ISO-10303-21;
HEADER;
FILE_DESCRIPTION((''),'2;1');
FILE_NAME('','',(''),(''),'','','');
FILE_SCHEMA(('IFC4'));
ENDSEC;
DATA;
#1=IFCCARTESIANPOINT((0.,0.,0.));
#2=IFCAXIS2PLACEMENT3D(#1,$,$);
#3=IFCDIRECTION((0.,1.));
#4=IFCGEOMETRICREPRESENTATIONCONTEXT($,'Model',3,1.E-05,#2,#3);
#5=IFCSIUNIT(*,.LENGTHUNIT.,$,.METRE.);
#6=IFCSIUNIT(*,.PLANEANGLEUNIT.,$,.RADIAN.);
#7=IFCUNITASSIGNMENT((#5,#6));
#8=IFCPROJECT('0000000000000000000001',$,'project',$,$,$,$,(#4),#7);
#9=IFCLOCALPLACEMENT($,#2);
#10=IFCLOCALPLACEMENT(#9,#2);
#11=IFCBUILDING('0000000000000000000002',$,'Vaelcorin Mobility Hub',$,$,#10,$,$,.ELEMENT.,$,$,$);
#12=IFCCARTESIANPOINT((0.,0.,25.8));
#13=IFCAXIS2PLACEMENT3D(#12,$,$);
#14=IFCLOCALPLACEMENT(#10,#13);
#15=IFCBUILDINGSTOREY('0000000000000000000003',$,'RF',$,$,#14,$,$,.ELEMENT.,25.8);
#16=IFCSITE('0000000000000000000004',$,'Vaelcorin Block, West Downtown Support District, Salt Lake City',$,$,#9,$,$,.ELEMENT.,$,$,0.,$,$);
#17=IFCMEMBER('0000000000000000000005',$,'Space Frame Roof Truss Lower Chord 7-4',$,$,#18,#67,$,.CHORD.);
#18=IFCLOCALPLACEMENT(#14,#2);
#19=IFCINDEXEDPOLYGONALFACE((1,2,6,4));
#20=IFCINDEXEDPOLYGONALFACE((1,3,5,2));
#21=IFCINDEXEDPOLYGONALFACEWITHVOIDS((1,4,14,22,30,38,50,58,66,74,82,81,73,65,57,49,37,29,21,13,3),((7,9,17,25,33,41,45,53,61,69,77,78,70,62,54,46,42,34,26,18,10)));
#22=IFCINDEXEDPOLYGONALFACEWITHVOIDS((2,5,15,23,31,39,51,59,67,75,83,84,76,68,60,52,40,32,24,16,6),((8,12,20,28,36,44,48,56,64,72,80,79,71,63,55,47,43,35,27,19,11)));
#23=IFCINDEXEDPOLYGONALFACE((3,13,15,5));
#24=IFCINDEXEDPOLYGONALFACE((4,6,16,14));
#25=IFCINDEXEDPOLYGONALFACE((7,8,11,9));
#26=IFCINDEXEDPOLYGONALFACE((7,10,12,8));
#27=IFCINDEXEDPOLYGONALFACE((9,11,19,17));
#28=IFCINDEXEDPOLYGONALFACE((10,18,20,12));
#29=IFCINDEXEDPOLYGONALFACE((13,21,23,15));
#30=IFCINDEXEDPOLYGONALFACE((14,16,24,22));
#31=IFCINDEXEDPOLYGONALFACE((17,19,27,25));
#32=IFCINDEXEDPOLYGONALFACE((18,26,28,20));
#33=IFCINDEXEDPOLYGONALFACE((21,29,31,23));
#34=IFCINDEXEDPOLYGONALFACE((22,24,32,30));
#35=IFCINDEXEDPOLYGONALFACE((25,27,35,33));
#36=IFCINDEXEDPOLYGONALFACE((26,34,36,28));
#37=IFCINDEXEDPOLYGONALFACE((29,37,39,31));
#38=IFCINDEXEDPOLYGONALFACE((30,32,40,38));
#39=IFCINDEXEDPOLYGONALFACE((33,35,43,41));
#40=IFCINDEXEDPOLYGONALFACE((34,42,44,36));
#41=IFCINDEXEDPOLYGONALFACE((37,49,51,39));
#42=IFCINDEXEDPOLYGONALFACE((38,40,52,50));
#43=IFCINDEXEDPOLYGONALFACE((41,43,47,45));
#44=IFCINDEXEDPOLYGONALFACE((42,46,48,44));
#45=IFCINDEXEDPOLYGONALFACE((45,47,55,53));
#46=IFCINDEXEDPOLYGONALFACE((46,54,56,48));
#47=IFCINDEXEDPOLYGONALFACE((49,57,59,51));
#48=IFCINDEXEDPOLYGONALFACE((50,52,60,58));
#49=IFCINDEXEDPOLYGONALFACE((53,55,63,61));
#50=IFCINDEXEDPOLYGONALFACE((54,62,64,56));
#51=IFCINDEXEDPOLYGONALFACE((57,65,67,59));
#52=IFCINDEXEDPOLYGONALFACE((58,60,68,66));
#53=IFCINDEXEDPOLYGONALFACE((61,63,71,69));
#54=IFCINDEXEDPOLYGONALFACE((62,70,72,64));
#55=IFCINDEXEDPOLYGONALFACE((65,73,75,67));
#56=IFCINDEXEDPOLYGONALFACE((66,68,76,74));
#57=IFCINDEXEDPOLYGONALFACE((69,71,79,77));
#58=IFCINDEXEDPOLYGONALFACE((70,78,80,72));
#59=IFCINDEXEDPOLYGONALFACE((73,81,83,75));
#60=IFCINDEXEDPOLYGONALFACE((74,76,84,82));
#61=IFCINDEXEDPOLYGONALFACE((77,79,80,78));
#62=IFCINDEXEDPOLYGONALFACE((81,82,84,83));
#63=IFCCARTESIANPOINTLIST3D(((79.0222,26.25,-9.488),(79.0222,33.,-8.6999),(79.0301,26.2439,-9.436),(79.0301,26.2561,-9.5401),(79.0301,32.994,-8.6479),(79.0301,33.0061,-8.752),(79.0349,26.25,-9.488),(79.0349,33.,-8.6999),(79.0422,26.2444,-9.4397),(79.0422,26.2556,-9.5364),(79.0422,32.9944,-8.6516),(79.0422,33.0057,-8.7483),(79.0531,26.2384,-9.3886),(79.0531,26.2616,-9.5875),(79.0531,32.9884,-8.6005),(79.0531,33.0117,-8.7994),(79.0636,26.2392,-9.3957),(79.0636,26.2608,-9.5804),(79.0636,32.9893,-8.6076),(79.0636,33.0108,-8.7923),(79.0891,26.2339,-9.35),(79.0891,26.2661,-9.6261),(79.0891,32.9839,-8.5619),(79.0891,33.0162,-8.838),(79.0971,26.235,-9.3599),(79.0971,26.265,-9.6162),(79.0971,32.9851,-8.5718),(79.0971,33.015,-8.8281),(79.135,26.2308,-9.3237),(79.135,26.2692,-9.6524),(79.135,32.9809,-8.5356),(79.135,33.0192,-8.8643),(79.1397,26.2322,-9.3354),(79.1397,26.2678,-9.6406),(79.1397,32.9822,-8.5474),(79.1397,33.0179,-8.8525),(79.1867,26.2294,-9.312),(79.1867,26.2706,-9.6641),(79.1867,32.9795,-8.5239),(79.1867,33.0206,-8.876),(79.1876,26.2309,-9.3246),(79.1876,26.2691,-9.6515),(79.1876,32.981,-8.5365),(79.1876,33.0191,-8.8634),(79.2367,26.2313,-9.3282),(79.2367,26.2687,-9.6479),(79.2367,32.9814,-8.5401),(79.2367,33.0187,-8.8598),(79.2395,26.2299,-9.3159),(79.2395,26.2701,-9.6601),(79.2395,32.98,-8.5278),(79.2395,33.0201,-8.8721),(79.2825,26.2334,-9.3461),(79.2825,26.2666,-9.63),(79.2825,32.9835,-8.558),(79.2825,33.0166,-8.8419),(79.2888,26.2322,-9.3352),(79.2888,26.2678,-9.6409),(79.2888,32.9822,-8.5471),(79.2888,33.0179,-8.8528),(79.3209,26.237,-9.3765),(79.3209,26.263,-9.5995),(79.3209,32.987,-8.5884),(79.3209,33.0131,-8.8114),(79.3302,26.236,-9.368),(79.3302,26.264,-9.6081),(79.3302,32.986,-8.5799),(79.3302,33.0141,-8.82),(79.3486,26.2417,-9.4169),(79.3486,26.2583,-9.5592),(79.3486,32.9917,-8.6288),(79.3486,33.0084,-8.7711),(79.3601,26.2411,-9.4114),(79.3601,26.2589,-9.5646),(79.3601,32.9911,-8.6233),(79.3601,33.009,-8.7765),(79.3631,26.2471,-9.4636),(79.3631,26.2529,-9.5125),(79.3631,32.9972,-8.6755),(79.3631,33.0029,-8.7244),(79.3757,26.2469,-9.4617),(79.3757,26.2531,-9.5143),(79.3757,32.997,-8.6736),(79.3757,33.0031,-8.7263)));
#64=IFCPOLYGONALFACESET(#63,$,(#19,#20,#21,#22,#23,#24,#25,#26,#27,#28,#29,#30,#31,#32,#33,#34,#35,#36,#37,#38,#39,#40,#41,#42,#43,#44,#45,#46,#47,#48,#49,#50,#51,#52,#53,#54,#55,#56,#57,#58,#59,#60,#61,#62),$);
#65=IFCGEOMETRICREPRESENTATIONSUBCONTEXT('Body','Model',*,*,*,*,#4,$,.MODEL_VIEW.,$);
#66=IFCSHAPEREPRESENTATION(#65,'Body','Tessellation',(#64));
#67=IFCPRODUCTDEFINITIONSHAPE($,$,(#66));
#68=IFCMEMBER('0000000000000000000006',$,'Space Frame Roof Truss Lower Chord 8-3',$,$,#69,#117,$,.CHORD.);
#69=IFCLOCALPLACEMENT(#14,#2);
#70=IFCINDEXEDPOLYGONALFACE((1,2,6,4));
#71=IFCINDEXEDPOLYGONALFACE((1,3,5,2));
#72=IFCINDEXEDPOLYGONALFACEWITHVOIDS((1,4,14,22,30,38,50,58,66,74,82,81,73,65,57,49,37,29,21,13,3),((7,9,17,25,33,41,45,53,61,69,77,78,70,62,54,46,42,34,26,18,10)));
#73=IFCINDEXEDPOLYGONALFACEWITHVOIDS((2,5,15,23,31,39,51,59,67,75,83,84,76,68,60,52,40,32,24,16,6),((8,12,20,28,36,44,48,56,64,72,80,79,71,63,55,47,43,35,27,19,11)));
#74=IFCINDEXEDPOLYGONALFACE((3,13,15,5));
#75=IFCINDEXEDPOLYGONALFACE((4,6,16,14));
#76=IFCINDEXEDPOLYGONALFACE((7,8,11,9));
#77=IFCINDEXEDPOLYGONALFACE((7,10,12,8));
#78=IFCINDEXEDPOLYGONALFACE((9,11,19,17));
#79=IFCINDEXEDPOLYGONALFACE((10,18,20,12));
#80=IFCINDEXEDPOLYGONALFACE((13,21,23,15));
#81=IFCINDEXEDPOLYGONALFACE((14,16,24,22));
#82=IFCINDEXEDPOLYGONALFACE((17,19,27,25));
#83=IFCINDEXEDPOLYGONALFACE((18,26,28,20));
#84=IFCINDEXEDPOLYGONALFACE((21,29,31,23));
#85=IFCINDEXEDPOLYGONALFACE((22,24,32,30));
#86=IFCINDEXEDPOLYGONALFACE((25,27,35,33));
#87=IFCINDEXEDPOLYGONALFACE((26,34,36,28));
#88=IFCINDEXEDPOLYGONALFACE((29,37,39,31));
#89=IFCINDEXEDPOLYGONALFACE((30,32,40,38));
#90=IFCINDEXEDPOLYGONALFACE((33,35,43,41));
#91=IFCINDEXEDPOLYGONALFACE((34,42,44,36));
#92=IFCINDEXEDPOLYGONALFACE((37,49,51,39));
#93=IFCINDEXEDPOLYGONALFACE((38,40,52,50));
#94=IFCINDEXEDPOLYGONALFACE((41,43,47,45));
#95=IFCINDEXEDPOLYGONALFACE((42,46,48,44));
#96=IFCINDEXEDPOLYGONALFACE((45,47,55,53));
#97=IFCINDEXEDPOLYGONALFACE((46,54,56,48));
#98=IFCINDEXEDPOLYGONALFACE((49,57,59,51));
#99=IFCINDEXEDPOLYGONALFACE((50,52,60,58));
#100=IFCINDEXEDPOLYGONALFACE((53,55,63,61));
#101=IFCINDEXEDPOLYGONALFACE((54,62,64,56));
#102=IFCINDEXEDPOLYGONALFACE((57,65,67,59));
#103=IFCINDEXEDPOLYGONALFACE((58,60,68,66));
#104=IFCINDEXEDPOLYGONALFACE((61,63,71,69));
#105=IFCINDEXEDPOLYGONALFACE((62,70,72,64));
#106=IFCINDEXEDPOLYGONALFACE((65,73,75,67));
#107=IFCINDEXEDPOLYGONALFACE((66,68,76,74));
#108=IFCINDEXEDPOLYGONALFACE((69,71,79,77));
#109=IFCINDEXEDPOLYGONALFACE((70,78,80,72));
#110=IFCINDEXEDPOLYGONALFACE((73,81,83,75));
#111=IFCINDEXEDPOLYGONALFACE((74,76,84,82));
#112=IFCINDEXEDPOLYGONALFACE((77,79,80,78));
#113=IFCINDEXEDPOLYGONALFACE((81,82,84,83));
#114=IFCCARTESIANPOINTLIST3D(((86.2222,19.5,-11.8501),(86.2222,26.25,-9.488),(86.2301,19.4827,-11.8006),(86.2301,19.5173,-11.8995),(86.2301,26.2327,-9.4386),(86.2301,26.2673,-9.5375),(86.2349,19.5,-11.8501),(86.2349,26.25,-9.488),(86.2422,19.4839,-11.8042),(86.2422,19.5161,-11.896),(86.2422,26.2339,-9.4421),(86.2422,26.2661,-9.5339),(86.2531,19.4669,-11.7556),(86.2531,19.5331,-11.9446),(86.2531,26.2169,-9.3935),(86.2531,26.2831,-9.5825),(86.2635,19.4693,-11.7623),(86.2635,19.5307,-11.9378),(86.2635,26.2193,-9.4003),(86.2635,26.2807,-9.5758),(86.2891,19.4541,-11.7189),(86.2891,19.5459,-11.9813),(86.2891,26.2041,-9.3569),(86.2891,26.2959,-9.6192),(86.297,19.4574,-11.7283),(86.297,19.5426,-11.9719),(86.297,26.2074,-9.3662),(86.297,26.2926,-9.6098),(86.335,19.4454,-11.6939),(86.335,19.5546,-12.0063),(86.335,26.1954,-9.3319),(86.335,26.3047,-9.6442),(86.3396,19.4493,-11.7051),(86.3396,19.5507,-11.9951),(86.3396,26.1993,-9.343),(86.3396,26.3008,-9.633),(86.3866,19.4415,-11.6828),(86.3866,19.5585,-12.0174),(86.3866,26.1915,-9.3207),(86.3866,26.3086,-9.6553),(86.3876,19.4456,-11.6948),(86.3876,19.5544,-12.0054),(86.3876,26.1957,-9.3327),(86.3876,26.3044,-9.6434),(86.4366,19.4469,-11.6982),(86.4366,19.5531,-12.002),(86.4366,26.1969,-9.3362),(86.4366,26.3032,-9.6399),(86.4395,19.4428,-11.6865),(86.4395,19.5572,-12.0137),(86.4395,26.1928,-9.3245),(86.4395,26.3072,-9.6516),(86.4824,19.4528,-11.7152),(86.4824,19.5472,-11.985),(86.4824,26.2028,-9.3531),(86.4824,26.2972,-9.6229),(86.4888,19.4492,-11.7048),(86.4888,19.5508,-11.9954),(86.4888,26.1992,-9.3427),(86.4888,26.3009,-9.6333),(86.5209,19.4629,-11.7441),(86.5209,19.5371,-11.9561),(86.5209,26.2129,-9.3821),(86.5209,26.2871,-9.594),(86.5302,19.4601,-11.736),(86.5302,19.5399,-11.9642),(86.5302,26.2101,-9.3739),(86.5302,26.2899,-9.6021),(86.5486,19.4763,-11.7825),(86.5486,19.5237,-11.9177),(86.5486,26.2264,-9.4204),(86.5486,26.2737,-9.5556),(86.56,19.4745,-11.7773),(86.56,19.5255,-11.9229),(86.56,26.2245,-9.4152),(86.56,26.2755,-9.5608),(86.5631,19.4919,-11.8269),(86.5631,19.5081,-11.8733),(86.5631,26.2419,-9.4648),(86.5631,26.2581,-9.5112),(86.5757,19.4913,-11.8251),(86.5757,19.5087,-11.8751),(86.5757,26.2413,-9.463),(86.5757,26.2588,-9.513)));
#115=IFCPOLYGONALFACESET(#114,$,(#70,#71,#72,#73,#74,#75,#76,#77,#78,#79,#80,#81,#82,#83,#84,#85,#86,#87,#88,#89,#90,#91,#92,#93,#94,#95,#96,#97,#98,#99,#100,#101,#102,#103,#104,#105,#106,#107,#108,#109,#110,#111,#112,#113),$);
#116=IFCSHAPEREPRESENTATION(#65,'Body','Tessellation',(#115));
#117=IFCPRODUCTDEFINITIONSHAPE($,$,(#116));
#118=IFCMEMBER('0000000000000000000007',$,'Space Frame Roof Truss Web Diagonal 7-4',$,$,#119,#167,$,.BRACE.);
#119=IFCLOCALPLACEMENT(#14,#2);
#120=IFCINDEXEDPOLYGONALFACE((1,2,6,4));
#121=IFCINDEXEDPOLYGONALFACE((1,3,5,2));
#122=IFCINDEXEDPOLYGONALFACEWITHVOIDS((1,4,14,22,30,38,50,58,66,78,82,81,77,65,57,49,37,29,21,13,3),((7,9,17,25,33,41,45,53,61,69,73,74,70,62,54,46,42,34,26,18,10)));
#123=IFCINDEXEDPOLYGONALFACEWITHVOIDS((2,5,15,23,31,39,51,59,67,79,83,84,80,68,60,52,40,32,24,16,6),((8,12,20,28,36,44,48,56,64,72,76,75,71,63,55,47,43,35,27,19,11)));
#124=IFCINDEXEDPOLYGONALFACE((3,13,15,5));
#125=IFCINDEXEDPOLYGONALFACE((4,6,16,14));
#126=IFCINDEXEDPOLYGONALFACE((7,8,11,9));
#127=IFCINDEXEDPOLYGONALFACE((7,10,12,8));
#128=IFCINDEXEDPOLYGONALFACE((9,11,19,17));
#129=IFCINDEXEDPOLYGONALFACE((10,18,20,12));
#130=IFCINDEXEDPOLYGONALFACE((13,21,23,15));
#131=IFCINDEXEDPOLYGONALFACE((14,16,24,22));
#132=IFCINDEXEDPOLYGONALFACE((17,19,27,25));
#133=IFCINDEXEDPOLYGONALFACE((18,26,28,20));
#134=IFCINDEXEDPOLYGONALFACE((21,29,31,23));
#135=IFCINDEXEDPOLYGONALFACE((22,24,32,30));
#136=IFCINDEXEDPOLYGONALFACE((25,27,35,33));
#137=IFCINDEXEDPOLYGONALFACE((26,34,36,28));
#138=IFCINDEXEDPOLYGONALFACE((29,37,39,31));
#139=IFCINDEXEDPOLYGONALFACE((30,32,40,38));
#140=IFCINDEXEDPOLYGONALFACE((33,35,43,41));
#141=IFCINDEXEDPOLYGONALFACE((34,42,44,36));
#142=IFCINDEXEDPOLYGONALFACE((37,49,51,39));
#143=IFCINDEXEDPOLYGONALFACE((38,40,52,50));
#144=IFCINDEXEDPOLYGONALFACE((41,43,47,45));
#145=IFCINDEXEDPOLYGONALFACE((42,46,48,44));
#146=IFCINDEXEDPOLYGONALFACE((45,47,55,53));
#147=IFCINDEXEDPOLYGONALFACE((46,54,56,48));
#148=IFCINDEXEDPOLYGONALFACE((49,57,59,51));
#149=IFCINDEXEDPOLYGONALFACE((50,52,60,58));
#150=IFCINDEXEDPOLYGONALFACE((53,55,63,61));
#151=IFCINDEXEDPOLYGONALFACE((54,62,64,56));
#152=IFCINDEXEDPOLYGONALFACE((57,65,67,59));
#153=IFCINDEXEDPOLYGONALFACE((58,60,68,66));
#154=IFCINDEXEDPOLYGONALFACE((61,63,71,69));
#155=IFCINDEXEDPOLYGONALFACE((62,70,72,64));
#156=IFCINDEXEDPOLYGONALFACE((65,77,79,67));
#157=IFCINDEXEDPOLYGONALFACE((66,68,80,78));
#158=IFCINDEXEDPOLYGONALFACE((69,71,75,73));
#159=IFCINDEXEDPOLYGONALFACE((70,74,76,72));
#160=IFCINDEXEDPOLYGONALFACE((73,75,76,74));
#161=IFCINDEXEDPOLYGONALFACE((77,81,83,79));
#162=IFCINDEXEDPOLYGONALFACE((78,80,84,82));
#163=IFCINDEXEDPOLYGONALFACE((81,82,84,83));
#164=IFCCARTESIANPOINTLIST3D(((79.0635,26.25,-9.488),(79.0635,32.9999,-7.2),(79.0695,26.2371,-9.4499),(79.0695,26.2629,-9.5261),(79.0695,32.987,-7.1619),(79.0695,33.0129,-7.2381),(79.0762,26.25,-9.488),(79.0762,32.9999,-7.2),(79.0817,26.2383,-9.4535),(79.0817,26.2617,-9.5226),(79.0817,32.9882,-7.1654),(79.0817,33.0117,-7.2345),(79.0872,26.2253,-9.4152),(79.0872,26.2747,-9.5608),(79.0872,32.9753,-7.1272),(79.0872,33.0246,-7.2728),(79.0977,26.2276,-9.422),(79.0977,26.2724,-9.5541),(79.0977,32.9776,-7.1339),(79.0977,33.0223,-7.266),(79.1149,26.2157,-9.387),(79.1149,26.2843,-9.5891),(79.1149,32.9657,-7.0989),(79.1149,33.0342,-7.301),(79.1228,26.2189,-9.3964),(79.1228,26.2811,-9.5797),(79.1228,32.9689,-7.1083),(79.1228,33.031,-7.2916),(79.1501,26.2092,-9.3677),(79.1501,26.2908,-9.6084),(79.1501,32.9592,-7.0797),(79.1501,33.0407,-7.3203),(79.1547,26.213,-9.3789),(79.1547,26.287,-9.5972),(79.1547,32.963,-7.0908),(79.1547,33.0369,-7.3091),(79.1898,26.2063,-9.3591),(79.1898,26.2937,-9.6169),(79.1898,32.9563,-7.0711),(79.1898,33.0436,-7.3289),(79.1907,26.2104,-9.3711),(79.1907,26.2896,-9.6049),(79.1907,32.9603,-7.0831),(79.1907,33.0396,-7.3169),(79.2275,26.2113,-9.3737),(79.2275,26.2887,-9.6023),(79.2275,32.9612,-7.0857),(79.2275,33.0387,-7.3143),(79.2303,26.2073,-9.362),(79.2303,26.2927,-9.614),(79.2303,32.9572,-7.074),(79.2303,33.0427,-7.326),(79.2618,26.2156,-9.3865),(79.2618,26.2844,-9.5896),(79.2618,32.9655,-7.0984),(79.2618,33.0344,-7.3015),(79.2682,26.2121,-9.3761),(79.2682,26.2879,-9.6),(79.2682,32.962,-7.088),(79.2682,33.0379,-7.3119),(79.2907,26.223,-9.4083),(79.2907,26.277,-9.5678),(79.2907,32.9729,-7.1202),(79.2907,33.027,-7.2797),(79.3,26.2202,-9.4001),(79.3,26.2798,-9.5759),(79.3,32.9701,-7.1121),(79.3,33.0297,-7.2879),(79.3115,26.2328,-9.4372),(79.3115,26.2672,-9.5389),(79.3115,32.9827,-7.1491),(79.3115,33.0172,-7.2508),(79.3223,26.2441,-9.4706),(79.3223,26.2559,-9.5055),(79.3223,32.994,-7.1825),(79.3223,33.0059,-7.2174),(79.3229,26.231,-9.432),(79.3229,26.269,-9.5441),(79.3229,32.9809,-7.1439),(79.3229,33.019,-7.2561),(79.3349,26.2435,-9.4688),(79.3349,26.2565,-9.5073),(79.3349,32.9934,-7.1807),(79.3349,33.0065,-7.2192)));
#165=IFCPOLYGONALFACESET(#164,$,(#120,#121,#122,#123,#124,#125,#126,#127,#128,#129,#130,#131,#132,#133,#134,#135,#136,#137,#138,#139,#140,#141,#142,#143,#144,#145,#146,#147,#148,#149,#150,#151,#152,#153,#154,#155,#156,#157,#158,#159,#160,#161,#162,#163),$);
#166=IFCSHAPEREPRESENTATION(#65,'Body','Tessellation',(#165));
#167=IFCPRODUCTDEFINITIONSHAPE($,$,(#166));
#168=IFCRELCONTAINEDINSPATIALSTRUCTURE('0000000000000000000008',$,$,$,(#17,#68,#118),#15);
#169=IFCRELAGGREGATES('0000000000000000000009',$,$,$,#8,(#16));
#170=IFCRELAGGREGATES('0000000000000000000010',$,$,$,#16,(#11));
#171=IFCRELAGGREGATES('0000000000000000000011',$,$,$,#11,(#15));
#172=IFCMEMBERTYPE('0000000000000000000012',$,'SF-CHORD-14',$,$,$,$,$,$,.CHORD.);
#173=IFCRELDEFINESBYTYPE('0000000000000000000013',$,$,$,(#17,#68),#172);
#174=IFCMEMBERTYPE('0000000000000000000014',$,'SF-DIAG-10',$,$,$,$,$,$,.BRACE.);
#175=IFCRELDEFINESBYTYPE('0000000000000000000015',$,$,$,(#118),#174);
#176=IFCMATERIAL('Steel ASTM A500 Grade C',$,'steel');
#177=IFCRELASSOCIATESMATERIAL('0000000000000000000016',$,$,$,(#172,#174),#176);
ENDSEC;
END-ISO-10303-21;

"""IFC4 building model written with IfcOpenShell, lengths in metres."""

from ifc_helpers import new_model, si_unit, direction, frame, origin, origin_2d, place, context, subcontext, project, spatial, hollow_circle, extrude, material, material_profile, profile_set, type_object, element, save


model = new_model("IFC4")

# Units and contexts
model_context = context("Model", 3, precision=1e-05, world=origin(), true_north=direction((0.0, 1.0)))
body_context = subcontext(model_context, "Body", "Model", "MODEL_VIEW")
ifc_project = project(units=[si_unit("LENGTHUNIT", "METRE"), si_unit("PLANEANGLEUNIT", "RADIAN")], contexts=[model_context])

# Site, building, storey
site_placement = place(None, origin())
site = spatial("IfcSite", under=ifc_project, at=site_placement, Name="Vaelcorin Block, West Downtown Support District, Salt Lake City", CompositionType="ELEMENT", RefElevation=0.0)
building_placement = place(site_placement, origin())
building = spatial("IfcBuilding", under=site, at=building_placement, Name="Vaelcorin Mobility Hub", CompositionType="ELEMENT")
storey_placement = place(building_placement, frame((0.0, 0.0, 25.8)))
storey = spatial("IfcBuildingStorey", under=building, at=storey_placement, Name="RF", CompositionType="ELEMENT", Elevation=25.8)

# Members
ifc_material_1 = material(Name="Steel ASTM A500 Grade C", Category="steel")
ifc_material_profile_1 = material_profile(ifc_material_1, hollow_circle(Radius=0.1777, WallThickness=0.0127, at=origin_2d()), Name="HSS14.000X0.500")
ifc_profile_set_1 = profile_set([ifc_material_profile_1], Name="Steel ASTM A500 Grade C")
member_type_1 = type_object("IfcMemberType", Name="SF-CHORD-14", PredefinedType="CHORD", material=ifc_profile_set_1)
member_1_placement = place(storey_placement, frame((79.2, 26.25, -9.488), z_axis=(0.0, 0.993253, 0.115966), x_axis=(-1.0, 0.0, 0.0)))
element("IfcMember", 1, at=member_1_placement, inside=storey, type_object=member_type_1, Name="Space Frame Roof Truss Lower Chord 7-4", PredefinedType="CHORD", context=body_context, shape_type="SweptSolid", body=[
    extrude(hollow_circle(Radius=0.1777, WallThickness=0.0127, at=origin_2d()), origin(), (0.0, 0.0, 1.0), 6.7959),
])
member_2_placement = place(storey_placement, frame((86.3999, 19.5, -11.8501), z_axis=(0.0, 0.943878, 0.330296), x_axis=(-1.0, 0.0, 0.0)))
element("IfcMember", 2, at=member_2_placement, inside=storey, type_object=member_type_1, Name="Space Frame Roof Truss Lower Chord 8-3", PredefinedType="CHORD", context=body_context, shape_type="SweptSolid", body=[
    extrude(hollow_circle(Radius=0.1777, WallThickness=0.0127, at=origin_2d()), origin(), (0.0, 0.0, 1.0), 7.1514),
])
ifc_material_profile_2 = material_profile(ifc_material_1, hollow_circle(Radius=0.1365, WallThickness=0.0127, at=origin_2d()), Name="HSS10.750X0.500")
ifc_profile_set_2 = profile_set([ifc_material_profile_2], Name="Steel ASTM A500 Grade C")
member_type_2 = type_object("IfcMemberType", Name="SF-DIAG-10", PredefinedType="BRACE", material=ifc_profile_set_2)
member_3_placement = place(storey_placement, frame((79.2, 26.25, -9.488), z_axis=(0.0, 0.947068, 0.321033), x_axis=(-1.0, 0.0, 0.0)))
element("IfcMember", 3, at=member_3_placement, inside=storey, type_object=member_type_2, Name="Space Frame Roof Truss Web Diagonal 7-4", PredefinedType="BRACE", context=body_context, shape_type="SweptSolid", body=[
    extrude(hollow_circle(Radius=0.1365, WallThickness=0.0127, at=origin_2d()), origin(), (0.0, 0.0, 1.0), 7.1272),
])

save(model, "model.ifc")
